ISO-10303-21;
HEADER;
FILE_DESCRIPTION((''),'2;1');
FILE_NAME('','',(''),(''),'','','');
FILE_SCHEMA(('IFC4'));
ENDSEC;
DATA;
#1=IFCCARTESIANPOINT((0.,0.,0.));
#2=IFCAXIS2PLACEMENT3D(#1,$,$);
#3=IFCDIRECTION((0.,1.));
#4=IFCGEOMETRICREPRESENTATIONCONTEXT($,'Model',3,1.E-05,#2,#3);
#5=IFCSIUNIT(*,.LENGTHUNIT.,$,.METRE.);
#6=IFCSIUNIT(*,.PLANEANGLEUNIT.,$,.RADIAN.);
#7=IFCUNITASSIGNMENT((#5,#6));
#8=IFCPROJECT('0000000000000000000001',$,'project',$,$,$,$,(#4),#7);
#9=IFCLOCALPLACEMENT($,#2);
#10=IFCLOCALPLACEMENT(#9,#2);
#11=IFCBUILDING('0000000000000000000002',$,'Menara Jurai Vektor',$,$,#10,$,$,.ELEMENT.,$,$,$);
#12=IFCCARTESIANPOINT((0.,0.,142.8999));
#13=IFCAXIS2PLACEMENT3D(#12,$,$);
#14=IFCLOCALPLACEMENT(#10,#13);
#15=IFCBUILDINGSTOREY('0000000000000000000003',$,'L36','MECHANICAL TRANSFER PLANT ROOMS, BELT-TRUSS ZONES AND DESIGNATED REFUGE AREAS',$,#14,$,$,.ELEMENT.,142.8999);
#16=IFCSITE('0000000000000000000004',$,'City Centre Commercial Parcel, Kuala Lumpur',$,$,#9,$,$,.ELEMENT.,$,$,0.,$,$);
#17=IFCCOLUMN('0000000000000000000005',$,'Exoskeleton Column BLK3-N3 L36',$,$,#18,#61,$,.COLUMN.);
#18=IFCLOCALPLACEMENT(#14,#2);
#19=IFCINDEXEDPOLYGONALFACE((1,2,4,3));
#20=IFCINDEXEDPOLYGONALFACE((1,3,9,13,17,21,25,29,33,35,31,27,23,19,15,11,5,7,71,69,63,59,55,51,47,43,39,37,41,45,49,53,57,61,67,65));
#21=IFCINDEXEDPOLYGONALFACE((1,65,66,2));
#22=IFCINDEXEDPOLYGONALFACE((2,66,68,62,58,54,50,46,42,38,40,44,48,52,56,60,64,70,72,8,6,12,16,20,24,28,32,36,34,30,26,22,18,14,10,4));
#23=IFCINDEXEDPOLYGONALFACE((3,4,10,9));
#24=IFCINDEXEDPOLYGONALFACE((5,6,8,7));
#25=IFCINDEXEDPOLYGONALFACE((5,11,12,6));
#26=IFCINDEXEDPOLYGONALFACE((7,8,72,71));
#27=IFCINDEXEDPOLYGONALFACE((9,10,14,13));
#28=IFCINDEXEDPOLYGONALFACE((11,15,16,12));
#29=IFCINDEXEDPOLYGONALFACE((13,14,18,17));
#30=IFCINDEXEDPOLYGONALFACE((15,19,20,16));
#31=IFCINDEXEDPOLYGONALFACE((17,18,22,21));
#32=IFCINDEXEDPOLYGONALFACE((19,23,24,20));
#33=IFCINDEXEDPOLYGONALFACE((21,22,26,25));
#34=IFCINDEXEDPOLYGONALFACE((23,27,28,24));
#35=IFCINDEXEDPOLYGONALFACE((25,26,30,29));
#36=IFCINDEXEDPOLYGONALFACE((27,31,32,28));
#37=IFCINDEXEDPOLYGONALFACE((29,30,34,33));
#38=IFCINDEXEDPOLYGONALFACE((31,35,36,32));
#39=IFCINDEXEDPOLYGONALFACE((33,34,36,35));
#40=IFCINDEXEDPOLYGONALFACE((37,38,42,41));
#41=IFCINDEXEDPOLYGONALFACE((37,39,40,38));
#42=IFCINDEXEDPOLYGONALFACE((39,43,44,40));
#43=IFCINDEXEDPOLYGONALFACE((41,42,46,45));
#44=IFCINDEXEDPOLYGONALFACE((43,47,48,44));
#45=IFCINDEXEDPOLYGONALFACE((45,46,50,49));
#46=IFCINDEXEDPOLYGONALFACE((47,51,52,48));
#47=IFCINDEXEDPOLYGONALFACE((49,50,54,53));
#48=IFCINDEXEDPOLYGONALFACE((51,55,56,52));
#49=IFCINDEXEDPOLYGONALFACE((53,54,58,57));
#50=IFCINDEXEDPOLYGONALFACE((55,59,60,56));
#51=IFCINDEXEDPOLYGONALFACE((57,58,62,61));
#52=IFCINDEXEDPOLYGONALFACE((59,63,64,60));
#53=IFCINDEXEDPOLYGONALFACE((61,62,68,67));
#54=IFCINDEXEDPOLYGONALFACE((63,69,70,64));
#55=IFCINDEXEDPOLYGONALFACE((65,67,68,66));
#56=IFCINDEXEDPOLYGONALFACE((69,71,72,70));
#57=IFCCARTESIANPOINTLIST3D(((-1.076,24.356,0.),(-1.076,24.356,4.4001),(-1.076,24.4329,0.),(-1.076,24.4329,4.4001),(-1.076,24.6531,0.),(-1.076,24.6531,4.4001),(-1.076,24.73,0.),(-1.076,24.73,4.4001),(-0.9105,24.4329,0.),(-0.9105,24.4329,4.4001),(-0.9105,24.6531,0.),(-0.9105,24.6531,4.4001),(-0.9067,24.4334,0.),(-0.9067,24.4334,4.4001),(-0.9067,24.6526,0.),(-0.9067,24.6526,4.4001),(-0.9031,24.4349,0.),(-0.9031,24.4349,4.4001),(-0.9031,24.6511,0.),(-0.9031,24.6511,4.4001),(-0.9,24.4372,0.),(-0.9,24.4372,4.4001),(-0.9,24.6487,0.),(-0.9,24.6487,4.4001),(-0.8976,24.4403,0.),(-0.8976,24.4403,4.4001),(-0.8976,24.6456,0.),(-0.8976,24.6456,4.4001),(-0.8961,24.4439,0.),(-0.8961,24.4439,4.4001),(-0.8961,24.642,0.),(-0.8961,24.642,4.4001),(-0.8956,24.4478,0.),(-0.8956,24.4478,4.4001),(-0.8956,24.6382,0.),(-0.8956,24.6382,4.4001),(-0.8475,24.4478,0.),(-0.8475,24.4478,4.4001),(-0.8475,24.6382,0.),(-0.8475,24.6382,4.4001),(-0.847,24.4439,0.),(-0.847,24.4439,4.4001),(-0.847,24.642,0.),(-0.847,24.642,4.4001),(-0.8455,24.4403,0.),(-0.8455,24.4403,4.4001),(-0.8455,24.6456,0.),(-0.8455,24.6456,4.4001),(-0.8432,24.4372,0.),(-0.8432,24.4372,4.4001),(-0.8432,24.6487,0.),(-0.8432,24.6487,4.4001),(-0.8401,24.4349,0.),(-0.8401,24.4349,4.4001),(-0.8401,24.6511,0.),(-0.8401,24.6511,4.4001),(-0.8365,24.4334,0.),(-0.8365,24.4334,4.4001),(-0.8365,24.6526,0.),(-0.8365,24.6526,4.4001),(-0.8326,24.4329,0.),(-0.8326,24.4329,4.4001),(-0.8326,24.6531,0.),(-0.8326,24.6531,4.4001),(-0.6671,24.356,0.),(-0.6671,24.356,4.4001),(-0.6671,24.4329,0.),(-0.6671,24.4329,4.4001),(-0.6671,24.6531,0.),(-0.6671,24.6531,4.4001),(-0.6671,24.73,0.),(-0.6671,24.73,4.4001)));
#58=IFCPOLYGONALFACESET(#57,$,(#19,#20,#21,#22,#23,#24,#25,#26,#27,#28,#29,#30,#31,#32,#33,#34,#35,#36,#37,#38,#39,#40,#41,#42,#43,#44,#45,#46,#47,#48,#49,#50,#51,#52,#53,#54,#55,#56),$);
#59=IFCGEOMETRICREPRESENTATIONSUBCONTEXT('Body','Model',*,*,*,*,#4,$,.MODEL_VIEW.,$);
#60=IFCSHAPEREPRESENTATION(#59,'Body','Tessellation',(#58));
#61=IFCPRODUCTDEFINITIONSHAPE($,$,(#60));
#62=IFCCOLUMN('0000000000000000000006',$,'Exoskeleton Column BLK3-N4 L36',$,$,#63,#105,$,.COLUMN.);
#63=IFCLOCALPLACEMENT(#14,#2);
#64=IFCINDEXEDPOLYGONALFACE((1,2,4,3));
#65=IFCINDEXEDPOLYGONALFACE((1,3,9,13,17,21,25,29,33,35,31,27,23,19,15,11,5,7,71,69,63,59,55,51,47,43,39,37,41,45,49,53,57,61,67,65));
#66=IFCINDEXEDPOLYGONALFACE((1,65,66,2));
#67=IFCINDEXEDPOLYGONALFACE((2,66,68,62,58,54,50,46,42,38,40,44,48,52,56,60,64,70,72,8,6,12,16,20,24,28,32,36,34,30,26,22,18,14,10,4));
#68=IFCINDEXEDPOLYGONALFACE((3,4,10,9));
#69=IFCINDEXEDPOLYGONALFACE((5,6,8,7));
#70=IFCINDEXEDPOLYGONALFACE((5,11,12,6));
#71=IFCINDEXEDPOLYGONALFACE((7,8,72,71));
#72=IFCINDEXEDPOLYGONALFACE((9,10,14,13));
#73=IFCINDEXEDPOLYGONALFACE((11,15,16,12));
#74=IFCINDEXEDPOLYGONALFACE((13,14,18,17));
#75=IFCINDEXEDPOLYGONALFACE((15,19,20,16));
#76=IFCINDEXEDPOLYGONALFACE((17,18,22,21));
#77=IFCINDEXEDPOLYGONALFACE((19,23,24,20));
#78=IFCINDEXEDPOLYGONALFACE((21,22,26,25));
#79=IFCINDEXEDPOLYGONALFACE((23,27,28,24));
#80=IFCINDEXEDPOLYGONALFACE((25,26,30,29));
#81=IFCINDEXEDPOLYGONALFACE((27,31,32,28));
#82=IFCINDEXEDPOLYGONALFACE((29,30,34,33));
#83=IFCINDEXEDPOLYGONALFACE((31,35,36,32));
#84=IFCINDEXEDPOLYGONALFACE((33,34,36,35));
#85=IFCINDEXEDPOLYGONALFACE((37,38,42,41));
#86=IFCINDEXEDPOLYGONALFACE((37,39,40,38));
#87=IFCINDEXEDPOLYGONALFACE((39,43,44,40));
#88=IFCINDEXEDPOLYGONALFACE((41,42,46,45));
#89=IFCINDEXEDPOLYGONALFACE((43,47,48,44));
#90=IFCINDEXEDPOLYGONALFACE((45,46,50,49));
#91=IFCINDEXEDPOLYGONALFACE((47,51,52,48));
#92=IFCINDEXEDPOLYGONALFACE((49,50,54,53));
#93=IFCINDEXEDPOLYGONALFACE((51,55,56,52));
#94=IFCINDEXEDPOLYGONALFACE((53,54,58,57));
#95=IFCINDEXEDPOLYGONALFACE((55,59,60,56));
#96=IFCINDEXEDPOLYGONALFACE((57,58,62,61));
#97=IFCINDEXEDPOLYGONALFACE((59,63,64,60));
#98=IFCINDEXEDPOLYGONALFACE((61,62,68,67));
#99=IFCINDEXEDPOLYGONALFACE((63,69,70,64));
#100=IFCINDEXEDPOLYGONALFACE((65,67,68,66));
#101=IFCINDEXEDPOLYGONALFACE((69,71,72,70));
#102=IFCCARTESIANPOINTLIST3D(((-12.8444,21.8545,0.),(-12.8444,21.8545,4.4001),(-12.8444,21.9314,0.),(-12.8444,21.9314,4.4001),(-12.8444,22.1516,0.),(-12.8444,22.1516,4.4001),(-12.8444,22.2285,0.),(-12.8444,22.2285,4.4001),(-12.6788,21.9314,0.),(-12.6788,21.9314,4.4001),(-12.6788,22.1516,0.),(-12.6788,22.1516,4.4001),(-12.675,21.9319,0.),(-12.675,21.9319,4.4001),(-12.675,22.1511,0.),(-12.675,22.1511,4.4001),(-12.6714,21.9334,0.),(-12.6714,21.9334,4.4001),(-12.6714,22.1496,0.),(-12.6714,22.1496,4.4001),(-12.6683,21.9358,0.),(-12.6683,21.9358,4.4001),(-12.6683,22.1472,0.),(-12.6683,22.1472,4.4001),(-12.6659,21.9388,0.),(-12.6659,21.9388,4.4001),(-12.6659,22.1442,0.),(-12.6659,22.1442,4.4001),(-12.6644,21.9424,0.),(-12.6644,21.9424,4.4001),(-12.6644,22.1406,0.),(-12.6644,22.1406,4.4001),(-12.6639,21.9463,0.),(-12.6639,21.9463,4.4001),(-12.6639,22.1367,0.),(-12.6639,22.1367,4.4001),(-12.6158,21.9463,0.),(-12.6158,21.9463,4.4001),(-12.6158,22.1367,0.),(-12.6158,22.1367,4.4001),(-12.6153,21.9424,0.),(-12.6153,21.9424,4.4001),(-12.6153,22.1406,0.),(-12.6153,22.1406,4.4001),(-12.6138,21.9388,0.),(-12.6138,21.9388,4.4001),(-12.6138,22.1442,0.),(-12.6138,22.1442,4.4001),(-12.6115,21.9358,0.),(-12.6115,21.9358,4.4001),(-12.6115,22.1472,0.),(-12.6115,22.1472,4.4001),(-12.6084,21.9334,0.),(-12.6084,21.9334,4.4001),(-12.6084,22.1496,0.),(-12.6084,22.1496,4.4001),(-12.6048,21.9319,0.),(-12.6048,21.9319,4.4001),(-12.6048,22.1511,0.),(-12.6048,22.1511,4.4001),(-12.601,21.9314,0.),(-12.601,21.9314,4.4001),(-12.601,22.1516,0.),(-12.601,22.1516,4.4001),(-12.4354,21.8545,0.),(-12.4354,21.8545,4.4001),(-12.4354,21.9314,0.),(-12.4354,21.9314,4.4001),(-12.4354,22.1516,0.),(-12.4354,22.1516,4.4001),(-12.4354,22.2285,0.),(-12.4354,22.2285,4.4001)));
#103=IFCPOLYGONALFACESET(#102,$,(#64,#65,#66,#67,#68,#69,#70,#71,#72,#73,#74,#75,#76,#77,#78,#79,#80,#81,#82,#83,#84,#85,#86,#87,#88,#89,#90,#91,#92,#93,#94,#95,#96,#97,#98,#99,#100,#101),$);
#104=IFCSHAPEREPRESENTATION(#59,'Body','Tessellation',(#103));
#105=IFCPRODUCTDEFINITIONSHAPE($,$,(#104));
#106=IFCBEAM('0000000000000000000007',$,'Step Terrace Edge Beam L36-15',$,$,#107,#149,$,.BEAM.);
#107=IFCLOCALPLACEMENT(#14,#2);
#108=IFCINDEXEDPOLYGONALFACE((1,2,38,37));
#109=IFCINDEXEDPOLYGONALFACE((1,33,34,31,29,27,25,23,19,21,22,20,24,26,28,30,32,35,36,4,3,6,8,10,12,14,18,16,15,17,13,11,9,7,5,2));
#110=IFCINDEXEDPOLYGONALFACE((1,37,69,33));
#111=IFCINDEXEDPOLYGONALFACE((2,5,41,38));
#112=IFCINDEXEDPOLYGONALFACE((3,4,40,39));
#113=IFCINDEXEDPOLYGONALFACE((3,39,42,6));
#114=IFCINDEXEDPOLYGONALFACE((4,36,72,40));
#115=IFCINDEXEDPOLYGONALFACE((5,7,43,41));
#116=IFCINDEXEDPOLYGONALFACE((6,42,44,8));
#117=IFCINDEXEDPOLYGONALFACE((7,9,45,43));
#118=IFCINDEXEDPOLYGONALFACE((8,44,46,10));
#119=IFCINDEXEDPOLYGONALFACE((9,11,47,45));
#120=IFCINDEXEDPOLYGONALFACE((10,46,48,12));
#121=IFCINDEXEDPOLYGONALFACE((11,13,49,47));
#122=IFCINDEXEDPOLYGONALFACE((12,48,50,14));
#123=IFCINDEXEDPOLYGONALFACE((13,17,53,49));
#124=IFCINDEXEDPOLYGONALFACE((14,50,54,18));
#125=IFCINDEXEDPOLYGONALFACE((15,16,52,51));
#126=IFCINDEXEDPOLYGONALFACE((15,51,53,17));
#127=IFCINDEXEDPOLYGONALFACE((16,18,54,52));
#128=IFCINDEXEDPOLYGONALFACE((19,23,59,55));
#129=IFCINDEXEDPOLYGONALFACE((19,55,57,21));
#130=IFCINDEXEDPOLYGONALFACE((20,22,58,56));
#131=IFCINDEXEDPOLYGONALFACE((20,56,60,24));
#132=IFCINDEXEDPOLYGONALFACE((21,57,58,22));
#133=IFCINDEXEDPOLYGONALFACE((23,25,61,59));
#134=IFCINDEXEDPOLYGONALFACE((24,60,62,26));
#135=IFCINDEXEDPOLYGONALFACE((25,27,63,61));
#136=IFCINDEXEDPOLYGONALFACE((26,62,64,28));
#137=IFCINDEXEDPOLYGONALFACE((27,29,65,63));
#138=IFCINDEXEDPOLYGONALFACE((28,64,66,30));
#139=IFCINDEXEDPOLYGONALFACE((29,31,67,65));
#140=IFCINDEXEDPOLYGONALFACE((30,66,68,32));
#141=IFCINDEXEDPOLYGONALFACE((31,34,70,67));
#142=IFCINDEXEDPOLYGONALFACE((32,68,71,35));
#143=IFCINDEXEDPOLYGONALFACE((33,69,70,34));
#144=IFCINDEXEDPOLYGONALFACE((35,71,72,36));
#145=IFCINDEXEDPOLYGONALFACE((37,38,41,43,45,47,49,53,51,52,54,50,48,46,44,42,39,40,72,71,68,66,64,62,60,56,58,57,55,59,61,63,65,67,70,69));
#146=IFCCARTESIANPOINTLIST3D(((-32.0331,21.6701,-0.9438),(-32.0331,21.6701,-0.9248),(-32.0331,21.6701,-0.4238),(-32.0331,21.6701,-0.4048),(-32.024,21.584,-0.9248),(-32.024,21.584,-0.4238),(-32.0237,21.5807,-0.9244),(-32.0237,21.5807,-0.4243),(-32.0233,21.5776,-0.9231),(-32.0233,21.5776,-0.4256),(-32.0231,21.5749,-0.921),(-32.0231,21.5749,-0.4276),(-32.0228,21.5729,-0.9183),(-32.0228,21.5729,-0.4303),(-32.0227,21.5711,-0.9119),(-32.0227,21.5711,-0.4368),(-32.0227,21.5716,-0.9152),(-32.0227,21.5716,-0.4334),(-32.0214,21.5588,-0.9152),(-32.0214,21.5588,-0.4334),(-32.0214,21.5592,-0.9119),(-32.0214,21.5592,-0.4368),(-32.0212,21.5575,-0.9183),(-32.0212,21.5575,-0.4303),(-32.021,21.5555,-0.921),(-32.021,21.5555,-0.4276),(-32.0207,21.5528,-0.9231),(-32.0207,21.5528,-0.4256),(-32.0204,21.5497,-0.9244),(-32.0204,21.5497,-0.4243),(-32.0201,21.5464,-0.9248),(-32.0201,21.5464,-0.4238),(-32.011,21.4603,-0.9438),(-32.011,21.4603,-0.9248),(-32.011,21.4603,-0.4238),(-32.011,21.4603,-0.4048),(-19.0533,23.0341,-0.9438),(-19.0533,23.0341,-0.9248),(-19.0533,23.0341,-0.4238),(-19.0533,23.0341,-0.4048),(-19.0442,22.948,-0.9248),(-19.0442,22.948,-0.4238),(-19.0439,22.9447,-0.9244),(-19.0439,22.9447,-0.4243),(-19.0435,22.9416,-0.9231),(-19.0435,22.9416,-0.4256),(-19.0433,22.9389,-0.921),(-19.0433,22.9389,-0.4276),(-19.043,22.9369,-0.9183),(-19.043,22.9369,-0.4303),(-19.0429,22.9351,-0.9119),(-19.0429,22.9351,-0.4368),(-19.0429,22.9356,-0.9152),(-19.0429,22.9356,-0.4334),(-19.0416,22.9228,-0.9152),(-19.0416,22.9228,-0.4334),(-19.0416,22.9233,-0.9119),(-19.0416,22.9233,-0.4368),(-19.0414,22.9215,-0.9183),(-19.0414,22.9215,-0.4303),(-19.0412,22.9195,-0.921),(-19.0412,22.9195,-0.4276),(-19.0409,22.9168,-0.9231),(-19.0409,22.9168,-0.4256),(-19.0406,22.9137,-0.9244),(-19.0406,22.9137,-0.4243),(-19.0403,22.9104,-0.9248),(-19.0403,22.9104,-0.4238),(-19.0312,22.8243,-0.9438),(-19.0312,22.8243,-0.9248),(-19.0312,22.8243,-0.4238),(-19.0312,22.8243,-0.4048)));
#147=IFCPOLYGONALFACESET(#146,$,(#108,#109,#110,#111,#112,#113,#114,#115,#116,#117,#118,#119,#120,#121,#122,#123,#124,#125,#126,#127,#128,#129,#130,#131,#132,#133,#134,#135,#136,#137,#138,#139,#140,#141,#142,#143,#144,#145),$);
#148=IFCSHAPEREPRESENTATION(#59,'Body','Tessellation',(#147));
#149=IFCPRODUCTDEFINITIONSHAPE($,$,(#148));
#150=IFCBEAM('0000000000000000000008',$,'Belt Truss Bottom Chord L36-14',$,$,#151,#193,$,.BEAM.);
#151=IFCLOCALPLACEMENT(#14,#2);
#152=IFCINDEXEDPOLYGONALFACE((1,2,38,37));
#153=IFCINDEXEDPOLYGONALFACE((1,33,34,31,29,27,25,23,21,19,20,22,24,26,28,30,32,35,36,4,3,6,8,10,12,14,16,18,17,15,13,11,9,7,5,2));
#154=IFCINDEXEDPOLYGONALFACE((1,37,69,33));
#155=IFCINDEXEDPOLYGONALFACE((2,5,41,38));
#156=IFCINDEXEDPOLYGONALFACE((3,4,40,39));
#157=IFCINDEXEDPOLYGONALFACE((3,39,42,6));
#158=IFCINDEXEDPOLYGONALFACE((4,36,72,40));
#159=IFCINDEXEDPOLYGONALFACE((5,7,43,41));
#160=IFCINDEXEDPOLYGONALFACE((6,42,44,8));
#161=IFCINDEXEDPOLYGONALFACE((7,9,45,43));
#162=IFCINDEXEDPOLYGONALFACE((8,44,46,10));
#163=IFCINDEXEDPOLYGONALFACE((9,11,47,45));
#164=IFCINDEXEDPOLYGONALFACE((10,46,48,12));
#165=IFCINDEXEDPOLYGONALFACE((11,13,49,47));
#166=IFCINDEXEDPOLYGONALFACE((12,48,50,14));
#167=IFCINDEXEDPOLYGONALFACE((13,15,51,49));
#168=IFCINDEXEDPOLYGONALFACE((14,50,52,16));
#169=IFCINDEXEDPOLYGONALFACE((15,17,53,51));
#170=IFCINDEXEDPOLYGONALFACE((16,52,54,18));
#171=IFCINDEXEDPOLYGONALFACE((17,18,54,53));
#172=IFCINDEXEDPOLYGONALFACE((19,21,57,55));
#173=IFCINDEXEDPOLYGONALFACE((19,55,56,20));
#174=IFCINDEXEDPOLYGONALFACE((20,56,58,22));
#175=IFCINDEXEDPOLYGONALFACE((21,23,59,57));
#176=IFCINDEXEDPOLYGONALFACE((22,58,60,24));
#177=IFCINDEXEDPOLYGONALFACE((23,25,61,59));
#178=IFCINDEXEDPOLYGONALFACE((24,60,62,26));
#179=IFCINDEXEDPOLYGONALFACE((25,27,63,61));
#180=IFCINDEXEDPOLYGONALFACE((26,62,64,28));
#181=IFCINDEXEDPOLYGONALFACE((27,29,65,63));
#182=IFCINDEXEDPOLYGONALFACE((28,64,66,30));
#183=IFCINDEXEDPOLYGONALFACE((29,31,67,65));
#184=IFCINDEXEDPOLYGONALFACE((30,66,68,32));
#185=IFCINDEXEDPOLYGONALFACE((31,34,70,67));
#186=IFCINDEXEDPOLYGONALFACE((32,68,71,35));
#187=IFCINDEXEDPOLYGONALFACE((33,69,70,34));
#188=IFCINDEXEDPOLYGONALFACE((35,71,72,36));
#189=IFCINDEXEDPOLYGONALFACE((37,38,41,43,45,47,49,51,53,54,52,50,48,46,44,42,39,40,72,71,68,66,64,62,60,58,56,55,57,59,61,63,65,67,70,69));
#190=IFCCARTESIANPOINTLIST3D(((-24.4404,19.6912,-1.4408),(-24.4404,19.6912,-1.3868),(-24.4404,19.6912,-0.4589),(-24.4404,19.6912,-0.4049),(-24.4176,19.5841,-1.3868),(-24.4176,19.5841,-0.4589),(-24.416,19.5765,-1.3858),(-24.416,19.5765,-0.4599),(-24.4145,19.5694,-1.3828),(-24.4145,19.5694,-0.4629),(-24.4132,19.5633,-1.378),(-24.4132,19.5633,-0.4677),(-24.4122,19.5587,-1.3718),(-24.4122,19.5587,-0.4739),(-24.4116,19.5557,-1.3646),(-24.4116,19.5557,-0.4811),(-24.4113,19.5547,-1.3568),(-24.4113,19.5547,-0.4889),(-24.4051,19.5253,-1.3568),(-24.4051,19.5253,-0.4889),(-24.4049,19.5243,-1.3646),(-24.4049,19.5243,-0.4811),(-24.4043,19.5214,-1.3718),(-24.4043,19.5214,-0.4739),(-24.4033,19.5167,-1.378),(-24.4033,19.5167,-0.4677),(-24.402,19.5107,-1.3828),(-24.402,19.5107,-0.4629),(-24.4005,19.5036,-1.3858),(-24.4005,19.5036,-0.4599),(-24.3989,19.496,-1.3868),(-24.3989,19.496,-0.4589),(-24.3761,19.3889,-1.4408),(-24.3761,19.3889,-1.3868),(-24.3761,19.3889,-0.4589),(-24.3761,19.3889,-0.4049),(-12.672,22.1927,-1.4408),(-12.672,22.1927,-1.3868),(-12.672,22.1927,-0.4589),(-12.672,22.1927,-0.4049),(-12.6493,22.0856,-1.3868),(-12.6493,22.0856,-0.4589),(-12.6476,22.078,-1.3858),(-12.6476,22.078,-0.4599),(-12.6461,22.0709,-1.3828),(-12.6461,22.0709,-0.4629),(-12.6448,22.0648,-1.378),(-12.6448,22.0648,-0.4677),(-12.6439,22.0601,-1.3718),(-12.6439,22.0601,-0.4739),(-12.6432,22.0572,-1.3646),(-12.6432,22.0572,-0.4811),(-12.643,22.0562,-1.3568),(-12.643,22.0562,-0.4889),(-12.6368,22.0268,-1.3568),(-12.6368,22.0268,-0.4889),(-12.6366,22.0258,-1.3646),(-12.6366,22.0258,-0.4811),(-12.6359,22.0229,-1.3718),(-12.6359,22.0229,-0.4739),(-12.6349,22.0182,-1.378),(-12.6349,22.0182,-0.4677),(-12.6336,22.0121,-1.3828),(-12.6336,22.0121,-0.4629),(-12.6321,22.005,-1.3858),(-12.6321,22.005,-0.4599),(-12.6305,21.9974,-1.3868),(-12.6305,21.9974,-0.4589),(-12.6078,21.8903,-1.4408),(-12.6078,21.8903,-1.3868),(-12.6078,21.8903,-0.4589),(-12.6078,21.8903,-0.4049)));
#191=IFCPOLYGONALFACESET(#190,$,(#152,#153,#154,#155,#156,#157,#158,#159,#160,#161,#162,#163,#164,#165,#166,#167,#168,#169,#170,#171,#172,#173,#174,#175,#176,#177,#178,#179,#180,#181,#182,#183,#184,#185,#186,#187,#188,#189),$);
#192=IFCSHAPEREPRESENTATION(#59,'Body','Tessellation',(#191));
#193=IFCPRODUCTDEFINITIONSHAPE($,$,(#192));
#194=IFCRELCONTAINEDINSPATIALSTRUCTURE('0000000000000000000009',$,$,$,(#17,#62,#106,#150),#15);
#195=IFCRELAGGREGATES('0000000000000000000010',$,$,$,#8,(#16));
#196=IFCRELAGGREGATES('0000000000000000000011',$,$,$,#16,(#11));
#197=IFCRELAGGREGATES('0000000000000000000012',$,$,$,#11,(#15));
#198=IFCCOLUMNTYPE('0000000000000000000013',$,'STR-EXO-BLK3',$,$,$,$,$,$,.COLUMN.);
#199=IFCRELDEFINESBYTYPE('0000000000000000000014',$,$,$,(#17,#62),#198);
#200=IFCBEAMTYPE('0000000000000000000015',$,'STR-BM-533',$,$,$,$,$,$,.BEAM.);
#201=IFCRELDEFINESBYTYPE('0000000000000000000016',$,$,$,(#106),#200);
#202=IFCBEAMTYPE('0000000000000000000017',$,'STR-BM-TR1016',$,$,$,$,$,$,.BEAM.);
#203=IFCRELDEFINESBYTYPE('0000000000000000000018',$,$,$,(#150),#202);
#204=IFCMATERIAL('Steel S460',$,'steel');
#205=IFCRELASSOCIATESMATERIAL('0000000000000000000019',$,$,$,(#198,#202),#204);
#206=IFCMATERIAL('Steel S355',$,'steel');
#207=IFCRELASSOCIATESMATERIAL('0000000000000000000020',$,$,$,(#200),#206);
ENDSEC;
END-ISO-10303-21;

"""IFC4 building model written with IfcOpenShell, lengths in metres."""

from ifc_helpers import new_model, si_unit, direction, frame, origin, origin_2d, place, context, subcontext, project, spatial, i_section, extrude, material, material_profile, profile_set, type_object, element, save


model = new_model("IFC4")

# Units and contexts
model_context = context("Model", 3, precision=1e-05, world=origin(), true_north=direction((0.0, 1.0)))
body_context = subcontext(model_context, "Body", "Model", "MODEL_VIEW")
ifc_project = project(units=[si_unit("LENGTHUNIT", "METRE"), si_unit("PLANEANGLEUNIT", "RADIAN")], contexts=[model_context])

# Site, building, storey
site_placement = place(None, origin())
site = spatial("IfcSite", under=ifc_project, at=site_placement, Name="City Centre Commercial Parcel, Kuala Lumpur", CompositionType="ELEMENT", RefElevation=0.0)
building_placement = place(site_placement, origin())
building = spatial("IfcBuilding", under=site, at=building_placement, Name="Menara Jurai Vektor", CompositionType="ELEMENT")
storey_placement = place(building_placement, frame((0.0, 0.0, 142.8999)))
storey = spatial("IfcBuildingStorey", under=building, at=storey_placement, Name="L36", Description="MECHANICAL TRANSFER PLANT ROOMS, BELT-TRUSS ZONES AND DESIGNATED REFUGE AREAS", CompositionType="ELEMENT", Elevation=142.8999)

# Columns
ifc_material_1 = material(Name="Steel S460", Category="steel")
ifc_material_profile_1 = material_profile(ifc_material_1, i_section(OverallWidth=0.4089, OverallDepth=0.374, WebThickness=0.0481, FlangeThickness=0.0769, FilletRadius=0.0149, at=origin_2d()), Name="HD 400x634")
ifc_profile_set_1 = profile_set([ifc_material_profile_1], Name="Steel S460")
column_type = type_object("IfcColumnType", Name="STR-EXO-BLK3", PredefinedType="COLUMN", material=ifc_profile_set_1)
for number, where, z_axis, x_axis, name in (
    (1, (-0.8716, 24.543, 0.0), (0.0, 0.0, 1.0), (1.0, 0.0, 0.0), "Exoskeleton Column BLK3-N3 L36"),
    (2, (-12.6399, 22.0415, 0.0), (0.0, 0.0, 1.0), (1.0, 0.0, 0.0), "Exoskeleton Column BLK3-N4 L36"),
):
    element("IfcColumn", number, at=place(storey_placement, frame(where, z_axis=z_axis, x_axis=x_axis)), inside=storey, type_object=column_type, Name=name, PredefinedType="COLUMN", context=body_context, shape_type="SweptSolid", body=[
        extrude(i_section(OverallWidth=0.4089, OverallDepth=0.374, WebThickness=0.0481, FlangeThickness=0.0769, FilletRadius=0.0149, at=origin_2d()), origin(), (0.0, 0.0, 1.0), 4.4001),
    ])

# Beams
ifc_material_2 = material(Name="Steel S355", Category="steel")
ifc_material_profile_2 = material_profile(ifc_material_2, i_section(OverallWidth=0.2109, OverallDepth=0.5391, WebThickness=0.012, FlangeThickness=0.019, FilletRadius=0.0129, at=origin_2d()), Name="UKB 533x210x109")
ifc_profile_set_2 = profile_set([ifc_material_profile_2], Name="Steel S355")
beam_type_1 = type_object("IfcBeamType", Name="STR-BM-533", PredefinedType="BEAM", material=ifc_profile_set_2)
beam_1_placement = place(storey_placement, frame((-19.0422, 22.9292, -0.6743), z_axis=(-0.994524, -0.104512, 0.0), x_axis=(0.104512, -0.994524, 0.0)))
element("IfcBeam", 3, at=beam_1_placement, inside=storey, type_object=beam_type_1, Name="Step Terrace Edge Beam L36-15", PredefinedType="BEAM", context=body_context, shape_type="SweptSolid", body=[
    extrude(i_section(OverallWidth=0.2109, OverallDepth=0.5391, WebThickness=0.012, FlangeThickness=0.019, FilletRadius=0.0129, at=origin_2d()), origin(), (0.0, 0.0, 1.0), 13.0513),
])
ifc_material_profile_3 = material_profile(ifc_material_1, i_section(OverallWidth=0.3091, OverallDepth=1.0359, WebThickness=0.03, FlangeThickness=0.054, FilletRadius=0.03, at=origin_2d()), Name="UKB 1016x305x487")
ifc_profile_set_3 = profile_set([ifc_material_profile_3], Name="Steel S460")
beam_type_2 = type_object("IfcBeamType", Name="STR-BM-TR1016", PredefinedType="BEAM", material=ifc_profile_set_3)
beam_2_placement = place(storey_placement, frame((-12.6399, 22.0415, -0.9229), z_axis=(-0.978147, -0.207914, 0.0), x_axis=(0.207914, -0.978147, 0.0)))
element("IfcBeam", 4, at=beam_2_placement, inside=storey, type_object=beam_type_2, Name="Belt Truss Bottom Chord L36-14", PredefinedType="BEAM", context=body_context, shape_type="SweptSolid", body=[
    extrude(i_section(OverallWidth=0.3091, OverallDepth=1.0359, WebThickness=0.03, FlangeThickness=0.054, FilletRadius=0.03, at=origin_2d()), origin(), (0.0, 0.0, 1.0), 12.0312),
])

save(model, "model.ifc")
